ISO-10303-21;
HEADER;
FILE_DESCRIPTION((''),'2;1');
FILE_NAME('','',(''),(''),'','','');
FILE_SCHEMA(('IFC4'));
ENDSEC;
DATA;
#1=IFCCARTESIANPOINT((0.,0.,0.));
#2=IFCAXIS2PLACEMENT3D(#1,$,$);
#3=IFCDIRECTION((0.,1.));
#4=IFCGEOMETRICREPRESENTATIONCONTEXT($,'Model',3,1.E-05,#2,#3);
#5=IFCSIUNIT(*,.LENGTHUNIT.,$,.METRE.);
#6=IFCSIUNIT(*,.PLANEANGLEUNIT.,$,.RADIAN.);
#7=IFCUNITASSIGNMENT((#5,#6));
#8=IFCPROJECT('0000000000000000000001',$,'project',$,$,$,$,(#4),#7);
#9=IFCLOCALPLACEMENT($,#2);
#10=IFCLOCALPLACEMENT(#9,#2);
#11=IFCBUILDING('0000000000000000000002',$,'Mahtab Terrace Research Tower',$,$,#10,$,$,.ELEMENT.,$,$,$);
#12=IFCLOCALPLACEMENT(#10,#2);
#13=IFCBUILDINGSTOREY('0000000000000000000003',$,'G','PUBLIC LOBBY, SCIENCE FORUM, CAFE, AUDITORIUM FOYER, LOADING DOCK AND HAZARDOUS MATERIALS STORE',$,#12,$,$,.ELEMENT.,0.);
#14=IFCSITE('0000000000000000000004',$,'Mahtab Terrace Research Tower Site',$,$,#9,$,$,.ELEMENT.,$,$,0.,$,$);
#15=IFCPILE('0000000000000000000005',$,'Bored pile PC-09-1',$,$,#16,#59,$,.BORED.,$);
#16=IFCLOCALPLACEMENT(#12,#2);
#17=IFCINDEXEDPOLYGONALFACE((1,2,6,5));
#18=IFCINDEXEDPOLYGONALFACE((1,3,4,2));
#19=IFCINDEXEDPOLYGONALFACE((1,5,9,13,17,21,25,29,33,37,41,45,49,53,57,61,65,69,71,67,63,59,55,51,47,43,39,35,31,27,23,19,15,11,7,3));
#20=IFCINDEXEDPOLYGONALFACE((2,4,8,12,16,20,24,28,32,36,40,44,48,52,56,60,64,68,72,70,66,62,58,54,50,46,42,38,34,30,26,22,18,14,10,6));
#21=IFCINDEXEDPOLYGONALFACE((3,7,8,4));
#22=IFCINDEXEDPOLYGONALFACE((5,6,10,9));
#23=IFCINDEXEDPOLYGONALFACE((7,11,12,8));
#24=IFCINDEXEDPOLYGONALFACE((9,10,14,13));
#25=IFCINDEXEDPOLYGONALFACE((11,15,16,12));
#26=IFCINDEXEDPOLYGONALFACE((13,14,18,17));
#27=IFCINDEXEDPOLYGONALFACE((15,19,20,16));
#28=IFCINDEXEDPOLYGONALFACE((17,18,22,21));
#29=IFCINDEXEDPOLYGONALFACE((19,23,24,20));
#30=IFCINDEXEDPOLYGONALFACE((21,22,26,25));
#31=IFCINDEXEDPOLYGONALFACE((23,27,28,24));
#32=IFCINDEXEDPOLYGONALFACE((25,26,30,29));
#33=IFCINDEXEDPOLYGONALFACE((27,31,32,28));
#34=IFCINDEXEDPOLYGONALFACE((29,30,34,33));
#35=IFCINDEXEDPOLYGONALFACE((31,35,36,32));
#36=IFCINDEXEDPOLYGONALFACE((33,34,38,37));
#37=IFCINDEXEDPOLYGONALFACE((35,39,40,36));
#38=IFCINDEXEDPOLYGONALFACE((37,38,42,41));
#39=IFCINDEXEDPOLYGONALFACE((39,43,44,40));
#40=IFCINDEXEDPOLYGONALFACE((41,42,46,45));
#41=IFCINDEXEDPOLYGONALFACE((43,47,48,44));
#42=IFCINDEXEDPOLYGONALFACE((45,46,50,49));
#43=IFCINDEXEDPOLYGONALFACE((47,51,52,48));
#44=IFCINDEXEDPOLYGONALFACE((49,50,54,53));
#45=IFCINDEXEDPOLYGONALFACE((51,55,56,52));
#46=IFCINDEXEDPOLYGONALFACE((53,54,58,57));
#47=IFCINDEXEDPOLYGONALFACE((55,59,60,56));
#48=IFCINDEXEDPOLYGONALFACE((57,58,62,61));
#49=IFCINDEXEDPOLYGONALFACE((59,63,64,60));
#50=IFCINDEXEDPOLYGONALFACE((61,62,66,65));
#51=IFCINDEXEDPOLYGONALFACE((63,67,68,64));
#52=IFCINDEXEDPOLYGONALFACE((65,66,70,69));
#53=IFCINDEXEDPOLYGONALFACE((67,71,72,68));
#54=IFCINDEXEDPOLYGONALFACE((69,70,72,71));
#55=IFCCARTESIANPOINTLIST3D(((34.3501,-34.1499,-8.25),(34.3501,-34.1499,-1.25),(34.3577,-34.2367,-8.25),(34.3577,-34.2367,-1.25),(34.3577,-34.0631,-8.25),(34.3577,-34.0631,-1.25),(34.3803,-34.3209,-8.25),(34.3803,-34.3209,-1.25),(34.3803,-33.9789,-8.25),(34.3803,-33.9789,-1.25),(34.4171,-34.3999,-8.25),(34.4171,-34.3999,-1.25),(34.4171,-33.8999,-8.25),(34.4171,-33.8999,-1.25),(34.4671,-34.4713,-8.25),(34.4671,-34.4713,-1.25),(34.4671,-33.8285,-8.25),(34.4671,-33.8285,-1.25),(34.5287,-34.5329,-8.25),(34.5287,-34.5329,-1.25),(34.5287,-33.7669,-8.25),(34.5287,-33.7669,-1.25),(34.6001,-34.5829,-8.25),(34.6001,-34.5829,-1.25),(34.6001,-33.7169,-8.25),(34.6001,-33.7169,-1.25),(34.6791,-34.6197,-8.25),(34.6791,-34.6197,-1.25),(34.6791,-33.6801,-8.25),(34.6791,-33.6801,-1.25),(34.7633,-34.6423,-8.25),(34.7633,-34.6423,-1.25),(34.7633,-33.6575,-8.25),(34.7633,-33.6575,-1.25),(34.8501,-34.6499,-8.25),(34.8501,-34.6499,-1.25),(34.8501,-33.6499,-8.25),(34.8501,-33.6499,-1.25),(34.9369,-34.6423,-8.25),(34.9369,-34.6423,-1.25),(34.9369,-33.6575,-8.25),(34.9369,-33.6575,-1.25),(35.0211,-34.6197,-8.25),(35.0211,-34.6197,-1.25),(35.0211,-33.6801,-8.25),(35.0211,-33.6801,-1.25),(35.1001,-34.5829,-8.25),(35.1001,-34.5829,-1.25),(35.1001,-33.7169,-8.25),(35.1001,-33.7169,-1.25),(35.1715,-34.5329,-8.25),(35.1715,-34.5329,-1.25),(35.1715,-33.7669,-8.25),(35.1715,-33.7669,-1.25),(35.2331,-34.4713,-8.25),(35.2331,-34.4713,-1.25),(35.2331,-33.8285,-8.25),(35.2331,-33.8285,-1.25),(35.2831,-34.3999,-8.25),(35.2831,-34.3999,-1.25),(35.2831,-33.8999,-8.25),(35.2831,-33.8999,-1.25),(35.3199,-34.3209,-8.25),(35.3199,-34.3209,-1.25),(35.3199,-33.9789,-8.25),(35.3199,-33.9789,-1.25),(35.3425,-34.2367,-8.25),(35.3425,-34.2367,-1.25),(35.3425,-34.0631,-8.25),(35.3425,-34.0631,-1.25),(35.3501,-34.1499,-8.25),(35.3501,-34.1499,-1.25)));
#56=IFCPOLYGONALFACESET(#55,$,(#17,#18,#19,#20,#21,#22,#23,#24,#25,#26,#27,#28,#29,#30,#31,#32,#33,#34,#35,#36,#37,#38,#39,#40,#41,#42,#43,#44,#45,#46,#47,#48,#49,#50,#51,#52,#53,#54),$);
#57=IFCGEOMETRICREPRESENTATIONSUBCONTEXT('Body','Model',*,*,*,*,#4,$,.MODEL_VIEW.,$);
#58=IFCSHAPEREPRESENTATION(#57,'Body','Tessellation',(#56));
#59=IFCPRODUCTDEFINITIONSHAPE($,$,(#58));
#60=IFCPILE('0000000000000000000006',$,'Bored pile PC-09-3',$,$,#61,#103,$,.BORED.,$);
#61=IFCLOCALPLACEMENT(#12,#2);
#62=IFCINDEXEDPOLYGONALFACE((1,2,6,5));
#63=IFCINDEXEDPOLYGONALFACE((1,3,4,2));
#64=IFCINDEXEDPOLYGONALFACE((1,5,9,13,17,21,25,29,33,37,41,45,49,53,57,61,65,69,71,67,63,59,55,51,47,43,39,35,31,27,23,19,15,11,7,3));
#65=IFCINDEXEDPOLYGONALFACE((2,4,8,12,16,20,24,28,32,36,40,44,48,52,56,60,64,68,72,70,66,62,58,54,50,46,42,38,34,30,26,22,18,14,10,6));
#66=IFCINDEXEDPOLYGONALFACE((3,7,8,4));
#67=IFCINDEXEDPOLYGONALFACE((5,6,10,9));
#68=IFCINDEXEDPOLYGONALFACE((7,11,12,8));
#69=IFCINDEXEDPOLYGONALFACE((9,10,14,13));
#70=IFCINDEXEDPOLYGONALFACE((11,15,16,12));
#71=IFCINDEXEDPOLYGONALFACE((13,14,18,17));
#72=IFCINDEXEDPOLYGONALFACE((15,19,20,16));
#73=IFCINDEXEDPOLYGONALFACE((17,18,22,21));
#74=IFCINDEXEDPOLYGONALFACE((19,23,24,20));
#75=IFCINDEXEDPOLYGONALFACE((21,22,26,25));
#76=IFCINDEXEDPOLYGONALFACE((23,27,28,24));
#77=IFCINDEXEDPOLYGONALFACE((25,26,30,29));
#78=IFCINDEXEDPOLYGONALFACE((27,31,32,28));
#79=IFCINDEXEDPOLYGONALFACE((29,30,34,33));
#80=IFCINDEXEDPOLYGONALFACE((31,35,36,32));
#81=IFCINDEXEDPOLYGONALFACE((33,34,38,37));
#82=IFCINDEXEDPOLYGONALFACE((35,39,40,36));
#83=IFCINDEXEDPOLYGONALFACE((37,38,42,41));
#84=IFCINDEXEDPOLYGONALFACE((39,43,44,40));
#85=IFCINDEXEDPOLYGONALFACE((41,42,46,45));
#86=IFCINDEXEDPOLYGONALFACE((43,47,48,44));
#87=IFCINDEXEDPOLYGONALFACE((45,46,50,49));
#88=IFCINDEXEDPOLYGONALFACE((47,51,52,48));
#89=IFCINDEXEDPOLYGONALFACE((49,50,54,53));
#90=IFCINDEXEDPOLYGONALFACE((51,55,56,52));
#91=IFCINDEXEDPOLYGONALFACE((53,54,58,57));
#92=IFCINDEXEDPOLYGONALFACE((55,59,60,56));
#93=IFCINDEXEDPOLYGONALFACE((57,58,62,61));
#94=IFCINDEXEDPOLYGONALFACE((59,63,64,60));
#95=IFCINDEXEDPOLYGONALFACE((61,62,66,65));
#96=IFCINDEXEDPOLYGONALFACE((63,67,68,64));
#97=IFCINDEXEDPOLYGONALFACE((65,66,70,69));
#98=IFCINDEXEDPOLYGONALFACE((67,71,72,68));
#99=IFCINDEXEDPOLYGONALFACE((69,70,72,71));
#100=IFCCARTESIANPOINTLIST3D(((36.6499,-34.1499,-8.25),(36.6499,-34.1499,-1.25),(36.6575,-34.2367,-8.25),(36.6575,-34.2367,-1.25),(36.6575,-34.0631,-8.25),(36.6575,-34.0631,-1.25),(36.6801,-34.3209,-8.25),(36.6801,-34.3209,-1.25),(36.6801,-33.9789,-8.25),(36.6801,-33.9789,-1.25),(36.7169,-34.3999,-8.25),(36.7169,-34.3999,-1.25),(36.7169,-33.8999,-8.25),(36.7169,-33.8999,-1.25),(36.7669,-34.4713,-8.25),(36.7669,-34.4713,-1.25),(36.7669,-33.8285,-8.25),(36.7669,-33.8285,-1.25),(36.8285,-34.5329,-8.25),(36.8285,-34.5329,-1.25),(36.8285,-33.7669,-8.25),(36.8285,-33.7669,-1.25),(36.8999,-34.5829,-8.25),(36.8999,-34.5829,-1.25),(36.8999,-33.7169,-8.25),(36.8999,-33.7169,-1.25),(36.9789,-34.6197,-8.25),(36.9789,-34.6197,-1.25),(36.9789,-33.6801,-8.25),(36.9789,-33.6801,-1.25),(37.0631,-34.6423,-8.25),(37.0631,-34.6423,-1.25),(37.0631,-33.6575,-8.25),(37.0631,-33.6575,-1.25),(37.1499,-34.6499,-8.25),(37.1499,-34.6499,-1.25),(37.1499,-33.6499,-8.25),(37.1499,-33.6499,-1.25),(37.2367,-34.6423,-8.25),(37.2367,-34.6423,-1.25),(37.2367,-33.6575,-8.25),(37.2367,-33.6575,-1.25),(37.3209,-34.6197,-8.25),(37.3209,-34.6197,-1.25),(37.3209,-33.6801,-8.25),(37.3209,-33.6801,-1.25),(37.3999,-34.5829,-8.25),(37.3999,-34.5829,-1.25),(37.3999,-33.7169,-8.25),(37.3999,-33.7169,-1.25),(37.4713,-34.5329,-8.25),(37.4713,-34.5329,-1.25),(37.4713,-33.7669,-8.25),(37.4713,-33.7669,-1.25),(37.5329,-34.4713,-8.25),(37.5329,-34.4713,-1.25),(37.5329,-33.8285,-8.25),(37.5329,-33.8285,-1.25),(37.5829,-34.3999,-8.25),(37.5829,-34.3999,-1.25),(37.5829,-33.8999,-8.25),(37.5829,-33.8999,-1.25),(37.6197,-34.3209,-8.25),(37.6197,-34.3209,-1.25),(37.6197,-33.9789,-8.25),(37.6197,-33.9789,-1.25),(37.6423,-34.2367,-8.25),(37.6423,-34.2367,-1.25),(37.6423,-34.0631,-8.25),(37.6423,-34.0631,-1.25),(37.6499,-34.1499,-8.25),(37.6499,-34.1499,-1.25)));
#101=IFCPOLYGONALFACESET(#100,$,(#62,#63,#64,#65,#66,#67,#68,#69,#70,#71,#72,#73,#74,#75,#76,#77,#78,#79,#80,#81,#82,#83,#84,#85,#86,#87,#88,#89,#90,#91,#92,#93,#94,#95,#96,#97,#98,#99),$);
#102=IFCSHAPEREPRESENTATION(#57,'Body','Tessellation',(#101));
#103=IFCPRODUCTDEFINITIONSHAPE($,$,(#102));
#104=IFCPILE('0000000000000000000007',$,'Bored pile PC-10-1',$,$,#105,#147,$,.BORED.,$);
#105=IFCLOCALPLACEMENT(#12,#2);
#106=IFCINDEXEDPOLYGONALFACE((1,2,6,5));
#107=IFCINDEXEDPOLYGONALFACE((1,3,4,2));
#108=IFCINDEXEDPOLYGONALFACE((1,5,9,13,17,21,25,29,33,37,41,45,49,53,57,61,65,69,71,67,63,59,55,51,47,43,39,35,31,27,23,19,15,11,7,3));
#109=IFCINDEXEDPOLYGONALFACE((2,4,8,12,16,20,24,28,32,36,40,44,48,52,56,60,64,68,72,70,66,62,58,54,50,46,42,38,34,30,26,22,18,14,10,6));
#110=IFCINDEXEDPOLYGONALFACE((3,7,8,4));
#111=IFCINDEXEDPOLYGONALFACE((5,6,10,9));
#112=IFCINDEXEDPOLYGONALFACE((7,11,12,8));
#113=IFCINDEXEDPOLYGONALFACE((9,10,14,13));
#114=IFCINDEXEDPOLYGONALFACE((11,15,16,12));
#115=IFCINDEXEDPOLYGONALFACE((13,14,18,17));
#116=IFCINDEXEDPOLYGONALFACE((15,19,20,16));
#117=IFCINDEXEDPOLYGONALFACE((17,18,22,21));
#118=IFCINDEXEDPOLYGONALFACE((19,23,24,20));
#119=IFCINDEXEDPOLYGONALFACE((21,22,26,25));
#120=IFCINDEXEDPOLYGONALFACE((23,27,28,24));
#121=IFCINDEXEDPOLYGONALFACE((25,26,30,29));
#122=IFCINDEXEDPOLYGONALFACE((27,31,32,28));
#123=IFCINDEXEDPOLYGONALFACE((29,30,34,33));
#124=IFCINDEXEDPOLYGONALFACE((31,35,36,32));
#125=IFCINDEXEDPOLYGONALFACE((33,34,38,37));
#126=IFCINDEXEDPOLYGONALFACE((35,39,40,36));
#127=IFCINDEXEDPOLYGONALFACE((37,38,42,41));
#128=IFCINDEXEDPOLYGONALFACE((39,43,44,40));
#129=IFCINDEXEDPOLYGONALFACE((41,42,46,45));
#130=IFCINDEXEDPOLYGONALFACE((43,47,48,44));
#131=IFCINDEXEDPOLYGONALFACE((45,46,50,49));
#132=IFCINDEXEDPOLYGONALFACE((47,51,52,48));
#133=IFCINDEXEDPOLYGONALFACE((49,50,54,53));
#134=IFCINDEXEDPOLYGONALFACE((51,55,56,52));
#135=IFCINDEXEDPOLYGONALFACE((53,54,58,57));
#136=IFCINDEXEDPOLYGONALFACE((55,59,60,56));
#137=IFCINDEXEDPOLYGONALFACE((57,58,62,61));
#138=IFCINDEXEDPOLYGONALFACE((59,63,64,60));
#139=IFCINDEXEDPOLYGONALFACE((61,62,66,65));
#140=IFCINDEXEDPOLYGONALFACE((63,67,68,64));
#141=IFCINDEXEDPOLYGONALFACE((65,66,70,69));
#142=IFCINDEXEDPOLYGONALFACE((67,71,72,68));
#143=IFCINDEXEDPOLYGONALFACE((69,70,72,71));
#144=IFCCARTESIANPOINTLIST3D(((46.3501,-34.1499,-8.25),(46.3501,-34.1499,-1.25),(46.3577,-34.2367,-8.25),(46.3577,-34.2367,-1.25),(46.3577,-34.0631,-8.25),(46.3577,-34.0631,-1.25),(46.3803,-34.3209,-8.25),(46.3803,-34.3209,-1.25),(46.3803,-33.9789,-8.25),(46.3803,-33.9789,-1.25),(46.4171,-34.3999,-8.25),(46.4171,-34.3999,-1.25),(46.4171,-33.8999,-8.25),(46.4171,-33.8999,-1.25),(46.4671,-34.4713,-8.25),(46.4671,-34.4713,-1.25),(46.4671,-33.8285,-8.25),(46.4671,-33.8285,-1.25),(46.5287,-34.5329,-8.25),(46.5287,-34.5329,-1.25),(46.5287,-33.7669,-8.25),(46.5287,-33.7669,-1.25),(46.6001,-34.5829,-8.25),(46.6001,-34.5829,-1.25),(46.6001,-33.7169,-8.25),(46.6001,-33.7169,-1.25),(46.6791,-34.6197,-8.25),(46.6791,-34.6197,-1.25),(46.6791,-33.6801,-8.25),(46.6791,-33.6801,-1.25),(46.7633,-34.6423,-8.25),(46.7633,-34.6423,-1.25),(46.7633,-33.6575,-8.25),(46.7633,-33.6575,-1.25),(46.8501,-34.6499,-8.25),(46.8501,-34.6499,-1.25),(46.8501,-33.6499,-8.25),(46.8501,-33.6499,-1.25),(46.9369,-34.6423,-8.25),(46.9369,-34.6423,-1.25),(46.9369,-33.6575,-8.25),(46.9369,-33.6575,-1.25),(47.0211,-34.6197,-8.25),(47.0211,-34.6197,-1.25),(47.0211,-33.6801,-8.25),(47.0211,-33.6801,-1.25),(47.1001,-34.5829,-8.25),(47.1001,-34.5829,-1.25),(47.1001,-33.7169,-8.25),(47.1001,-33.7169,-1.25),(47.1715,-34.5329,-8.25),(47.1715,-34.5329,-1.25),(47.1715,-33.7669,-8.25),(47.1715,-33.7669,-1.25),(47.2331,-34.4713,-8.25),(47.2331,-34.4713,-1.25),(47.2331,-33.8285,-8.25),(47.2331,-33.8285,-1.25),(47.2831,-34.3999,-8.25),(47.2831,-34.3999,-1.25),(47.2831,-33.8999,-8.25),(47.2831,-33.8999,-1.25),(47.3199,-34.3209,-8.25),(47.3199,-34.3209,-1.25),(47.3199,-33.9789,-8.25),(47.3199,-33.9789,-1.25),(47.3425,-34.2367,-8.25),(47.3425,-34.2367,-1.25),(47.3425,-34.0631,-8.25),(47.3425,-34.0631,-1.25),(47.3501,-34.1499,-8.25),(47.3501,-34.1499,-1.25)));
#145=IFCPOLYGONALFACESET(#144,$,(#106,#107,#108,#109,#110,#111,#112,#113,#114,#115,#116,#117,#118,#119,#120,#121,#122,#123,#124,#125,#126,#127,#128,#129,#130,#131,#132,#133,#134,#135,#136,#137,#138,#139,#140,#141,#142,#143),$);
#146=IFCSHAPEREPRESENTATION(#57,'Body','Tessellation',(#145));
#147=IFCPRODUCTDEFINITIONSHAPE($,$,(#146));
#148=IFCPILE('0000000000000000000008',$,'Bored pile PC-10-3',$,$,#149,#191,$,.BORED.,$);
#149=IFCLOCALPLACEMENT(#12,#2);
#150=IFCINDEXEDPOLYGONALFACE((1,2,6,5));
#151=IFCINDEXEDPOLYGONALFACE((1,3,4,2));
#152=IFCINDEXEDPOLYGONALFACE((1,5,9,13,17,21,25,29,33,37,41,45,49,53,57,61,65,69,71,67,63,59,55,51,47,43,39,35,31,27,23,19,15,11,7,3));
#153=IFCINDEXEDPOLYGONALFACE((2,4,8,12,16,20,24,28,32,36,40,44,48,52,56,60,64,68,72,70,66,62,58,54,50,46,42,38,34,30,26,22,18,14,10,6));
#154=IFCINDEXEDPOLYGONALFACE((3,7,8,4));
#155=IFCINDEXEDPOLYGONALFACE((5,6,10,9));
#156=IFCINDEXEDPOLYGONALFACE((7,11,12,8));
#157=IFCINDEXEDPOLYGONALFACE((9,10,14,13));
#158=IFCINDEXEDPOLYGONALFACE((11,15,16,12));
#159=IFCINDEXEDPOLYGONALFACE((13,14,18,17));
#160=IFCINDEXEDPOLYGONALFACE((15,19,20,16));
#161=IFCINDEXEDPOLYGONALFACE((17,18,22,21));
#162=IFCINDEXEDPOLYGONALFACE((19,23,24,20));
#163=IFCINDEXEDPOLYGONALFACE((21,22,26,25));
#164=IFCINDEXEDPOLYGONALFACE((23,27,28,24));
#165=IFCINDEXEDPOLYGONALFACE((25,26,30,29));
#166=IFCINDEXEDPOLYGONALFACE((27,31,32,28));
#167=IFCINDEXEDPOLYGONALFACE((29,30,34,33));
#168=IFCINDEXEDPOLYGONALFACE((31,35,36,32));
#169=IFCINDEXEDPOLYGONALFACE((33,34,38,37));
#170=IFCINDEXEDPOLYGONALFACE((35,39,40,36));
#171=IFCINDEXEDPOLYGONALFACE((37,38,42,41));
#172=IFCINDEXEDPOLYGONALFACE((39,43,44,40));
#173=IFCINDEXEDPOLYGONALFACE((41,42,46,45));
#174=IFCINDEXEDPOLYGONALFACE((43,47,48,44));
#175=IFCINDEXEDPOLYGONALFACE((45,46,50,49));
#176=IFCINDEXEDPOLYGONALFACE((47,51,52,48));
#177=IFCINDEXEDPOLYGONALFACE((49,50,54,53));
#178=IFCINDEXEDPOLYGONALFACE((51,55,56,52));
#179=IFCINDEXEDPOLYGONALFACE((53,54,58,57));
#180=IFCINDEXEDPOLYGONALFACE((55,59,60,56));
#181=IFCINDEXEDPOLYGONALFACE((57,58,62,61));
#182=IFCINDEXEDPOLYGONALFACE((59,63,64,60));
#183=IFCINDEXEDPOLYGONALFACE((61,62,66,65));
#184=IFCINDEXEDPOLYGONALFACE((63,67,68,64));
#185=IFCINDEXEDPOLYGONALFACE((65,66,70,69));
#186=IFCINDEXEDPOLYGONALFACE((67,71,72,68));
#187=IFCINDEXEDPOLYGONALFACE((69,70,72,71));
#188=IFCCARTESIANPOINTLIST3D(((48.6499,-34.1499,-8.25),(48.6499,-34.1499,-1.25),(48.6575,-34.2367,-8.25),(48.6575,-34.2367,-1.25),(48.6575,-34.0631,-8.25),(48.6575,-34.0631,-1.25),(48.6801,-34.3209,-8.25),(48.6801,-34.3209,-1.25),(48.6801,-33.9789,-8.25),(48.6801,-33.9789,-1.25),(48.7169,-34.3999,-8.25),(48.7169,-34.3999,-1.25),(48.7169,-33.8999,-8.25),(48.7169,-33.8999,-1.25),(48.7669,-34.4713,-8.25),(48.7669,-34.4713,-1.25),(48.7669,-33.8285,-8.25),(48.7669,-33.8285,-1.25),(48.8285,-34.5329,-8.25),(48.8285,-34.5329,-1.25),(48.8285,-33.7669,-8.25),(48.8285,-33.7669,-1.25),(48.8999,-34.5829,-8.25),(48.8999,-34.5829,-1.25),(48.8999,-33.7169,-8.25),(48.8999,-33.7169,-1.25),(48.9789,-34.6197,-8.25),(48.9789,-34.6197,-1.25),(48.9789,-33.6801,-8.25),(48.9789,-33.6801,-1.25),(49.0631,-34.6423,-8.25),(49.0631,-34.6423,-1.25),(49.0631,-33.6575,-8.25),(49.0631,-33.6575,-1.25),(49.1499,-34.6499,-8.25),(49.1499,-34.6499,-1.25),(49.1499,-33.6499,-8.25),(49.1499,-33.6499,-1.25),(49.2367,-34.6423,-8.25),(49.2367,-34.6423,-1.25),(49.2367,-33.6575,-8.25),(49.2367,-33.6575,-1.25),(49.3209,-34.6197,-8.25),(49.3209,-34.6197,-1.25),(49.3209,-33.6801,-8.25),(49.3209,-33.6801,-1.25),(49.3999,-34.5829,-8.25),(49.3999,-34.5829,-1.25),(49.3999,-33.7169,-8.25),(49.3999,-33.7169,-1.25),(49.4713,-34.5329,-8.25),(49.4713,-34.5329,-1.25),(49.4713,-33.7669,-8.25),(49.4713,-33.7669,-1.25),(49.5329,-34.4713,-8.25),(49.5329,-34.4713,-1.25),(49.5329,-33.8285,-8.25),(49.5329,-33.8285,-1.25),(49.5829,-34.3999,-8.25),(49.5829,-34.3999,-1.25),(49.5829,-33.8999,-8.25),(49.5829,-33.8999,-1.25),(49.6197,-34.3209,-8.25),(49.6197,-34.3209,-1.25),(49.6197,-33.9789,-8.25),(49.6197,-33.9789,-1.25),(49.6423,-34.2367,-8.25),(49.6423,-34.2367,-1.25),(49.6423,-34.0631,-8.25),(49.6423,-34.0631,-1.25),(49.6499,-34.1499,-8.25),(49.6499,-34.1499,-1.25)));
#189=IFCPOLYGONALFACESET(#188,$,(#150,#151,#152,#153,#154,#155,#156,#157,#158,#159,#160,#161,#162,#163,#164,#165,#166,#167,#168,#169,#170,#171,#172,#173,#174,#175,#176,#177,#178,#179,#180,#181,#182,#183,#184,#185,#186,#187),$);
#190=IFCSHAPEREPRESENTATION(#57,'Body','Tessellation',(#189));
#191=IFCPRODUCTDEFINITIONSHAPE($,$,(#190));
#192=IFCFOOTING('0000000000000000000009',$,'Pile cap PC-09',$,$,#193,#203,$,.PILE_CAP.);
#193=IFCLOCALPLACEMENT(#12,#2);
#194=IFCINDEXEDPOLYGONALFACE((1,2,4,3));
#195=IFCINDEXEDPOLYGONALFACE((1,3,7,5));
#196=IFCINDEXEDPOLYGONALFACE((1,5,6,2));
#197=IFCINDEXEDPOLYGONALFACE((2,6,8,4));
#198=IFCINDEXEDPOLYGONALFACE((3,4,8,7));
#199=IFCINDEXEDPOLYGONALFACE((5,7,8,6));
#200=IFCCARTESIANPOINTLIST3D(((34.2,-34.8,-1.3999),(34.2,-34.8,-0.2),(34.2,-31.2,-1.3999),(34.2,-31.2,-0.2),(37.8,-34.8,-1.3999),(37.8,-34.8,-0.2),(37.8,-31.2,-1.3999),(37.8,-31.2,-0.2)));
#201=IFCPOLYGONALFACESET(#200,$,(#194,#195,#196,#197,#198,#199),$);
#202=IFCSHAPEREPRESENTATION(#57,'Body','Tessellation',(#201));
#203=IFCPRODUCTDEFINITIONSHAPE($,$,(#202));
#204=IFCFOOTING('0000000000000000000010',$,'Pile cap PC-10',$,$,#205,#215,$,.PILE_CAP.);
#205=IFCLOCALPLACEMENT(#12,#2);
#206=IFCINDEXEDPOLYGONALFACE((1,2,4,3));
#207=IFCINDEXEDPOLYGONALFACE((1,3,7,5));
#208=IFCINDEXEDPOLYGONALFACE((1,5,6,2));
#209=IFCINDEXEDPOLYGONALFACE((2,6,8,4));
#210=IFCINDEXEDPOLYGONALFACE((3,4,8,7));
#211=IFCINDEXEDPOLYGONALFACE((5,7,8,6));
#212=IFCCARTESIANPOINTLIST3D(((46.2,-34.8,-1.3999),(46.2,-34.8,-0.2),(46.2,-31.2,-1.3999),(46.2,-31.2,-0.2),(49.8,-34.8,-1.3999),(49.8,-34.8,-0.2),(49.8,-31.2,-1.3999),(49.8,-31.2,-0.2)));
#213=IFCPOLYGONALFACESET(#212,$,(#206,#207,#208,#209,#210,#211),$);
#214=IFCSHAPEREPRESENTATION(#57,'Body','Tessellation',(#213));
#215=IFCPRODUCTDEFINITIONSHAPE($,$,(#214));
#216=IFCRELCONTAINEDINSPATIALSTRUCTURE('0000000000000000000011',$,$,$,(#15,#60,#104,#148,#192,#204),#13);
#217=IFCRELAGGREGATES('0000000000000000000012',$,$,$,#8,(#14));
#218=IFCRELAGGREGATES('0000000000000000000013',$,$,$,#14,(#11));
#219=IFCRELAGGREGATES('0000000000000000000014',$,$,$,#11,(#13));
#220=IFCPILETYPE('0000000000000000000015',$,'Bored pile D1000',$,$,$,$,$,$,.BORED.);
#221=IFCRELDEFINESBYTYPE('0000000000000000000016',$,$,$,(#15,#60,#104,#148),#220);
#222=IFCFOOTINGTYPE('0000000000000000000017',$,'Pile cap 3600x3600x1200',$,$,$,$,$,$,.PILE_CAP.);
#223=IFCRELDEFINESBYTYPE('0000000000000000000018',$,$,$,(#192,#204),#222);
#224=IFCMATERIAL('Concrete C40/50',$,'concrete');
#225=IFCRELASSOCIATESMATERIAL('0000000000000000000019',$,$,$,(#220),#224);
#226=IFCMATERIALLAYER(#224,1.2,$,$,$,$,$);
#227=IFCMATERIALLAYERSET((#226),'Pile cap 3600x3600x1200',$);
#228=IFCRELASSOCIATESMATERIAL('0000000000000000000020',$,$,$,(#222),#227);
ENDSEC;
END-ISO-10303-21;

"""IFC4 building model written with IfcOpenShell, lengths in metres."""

from ifc_helpers import new_model, si_unit, direction, frame, origin, origin_2d, place, context, subcontext, project, spatial, rectangle, circle, extrude, material, layer, layer_set, material_profile, profile_set, type_object, element, save


model = new_model("IFC4")

# Units and contexts
model_context = context("Model", 3, precision=1e-05, world=origin(), true_north=direction((0.0, 1.0)))
body_context = subcontext(model_context, "Body", "Model", "MODEL_VIEW")
ifc_project = project(units=[si_unit("LENGTHUNIT", "METRE"), si_unit("PLANEANGLEUNIT", "RADIAN")], contexts=[model_context])

# Site, building, storey
site_placement = place(None, origin())
site = spatial("IfcSite", under=ifc_project, at=site_placement, Name="Mahtab Terrace Research Tower Site", CompositionType="ELEMENT", RefElevation=0.0)
building_placement = place(site_placement, origin())
building = spatial("IfcBuilding", under=site, at=building_placement, Name="Mahtab Terrace Research Tower", CompositionType="ELEMENT")
storey_placement = place(building_placement, origin())
storey = spatial("IfcBuildingStorey", under=building, at=storey_placement, Name="G", Description="PUBLIC LOBBY, SCIENCE FORUM, CAFE, AUDITORIUM FOYER, LOADING DOCK AND HAZARDOUS MATERIALS STORE", CompositionType="ELEMENT", Elevation=0.0)

# Piles
ifc_material_1 = material(Name="Concrete C40/50", Category="concrete")
ifc_material_profile_1 = material_profile(ifc_material_1, circle(Radius=0.5, at=origin_2d()), Name="Bored pile D1000")
ifc_profile_set_1 = profile_set([ifc_material_profile_1], Name="Concrete C40/50")
pile_type = type_object("IfcPileType", Name="Bored pile D1000", PredefinedType="BORED", material=ifc_profile_set_1)
for number, where, z_axis, x_axis, name in (
    (1, (34.8501, -34.1499, -1.25), (0.0, 0.0, -1.0), (1.0, 0.0, 0.0), "Bored pile PC-09-1"),
    (2, (37.1499, -34.1499, -1.25), (0.0, 0.0, -1.0), (1.0, 0.0, 0.0), "Bored pile PC-09-3"),
    (3, (46.8501, -34.1499, -1.25), (0.0, 0.0, -1.0), (1.0, 0.0, 0.0), "Bored pile PC-10-1"),
    (4, (49.1499, -34.1499, -1.25), (0.0, 0.0, -1.0), (1.0, 0.0, 0.0), "Bored pile PC-10-3"),
):
    element("IfcPile", number, at=place(storey_placement, frame(where, z_axis=z_axis, x_axis=x_axis)), inside=storey, type_object=pile_type, Name=name, PredefinedType="BORED", context=body_context, shape_type="SweptSolid", body=[
        extrude(circle(Radius=0.5, at=origin_2d()), origin(), (0.0, 0.0, 1.0), 7.0),
    ])

# Footings
ifc_layer_1 = layer(ifc_material_1, 1.2)
ifc_layer_set_1 = layer_set([ifc_layer_1], Name="Pile cap 3600x3600x1200")
footing_type = type_object("IfcFootingType", Name="Pile cap 3600x3600x1200", PredefinedType="PILE_CAP", material=ifc_layer_set_1)
for number, where, z_axis, x_axis, name in (
    (5, (36.0, -33.0, -1.3999), (0.0, 0.0, 1.0), (1.0, 0.0, 0.0), "Pile cap PC-09"),
    (6, (48.0, -33.0, -1.3999), (0.0, 0.0, 1.0), (1.0, 0.0, 0.0), "Pile cap PC-10"),
):
    element("IfcFooting", number, at=place(storey_placement, frame(where, z_axis=z_axis, x_axis=x_axis)), inside=storey, type_object=footing_type, Name=name, PredefinedType="PILE_CAP", context=body_context, shape_type="SweptSolid", body=[
        extrude(rectangle(XDim=3.6001, YDim=3.6001, at=origin_2d()), origin(), (0.0, 0.0, 1.0), 1.2),
    ])

save(model, "model.ifc")
